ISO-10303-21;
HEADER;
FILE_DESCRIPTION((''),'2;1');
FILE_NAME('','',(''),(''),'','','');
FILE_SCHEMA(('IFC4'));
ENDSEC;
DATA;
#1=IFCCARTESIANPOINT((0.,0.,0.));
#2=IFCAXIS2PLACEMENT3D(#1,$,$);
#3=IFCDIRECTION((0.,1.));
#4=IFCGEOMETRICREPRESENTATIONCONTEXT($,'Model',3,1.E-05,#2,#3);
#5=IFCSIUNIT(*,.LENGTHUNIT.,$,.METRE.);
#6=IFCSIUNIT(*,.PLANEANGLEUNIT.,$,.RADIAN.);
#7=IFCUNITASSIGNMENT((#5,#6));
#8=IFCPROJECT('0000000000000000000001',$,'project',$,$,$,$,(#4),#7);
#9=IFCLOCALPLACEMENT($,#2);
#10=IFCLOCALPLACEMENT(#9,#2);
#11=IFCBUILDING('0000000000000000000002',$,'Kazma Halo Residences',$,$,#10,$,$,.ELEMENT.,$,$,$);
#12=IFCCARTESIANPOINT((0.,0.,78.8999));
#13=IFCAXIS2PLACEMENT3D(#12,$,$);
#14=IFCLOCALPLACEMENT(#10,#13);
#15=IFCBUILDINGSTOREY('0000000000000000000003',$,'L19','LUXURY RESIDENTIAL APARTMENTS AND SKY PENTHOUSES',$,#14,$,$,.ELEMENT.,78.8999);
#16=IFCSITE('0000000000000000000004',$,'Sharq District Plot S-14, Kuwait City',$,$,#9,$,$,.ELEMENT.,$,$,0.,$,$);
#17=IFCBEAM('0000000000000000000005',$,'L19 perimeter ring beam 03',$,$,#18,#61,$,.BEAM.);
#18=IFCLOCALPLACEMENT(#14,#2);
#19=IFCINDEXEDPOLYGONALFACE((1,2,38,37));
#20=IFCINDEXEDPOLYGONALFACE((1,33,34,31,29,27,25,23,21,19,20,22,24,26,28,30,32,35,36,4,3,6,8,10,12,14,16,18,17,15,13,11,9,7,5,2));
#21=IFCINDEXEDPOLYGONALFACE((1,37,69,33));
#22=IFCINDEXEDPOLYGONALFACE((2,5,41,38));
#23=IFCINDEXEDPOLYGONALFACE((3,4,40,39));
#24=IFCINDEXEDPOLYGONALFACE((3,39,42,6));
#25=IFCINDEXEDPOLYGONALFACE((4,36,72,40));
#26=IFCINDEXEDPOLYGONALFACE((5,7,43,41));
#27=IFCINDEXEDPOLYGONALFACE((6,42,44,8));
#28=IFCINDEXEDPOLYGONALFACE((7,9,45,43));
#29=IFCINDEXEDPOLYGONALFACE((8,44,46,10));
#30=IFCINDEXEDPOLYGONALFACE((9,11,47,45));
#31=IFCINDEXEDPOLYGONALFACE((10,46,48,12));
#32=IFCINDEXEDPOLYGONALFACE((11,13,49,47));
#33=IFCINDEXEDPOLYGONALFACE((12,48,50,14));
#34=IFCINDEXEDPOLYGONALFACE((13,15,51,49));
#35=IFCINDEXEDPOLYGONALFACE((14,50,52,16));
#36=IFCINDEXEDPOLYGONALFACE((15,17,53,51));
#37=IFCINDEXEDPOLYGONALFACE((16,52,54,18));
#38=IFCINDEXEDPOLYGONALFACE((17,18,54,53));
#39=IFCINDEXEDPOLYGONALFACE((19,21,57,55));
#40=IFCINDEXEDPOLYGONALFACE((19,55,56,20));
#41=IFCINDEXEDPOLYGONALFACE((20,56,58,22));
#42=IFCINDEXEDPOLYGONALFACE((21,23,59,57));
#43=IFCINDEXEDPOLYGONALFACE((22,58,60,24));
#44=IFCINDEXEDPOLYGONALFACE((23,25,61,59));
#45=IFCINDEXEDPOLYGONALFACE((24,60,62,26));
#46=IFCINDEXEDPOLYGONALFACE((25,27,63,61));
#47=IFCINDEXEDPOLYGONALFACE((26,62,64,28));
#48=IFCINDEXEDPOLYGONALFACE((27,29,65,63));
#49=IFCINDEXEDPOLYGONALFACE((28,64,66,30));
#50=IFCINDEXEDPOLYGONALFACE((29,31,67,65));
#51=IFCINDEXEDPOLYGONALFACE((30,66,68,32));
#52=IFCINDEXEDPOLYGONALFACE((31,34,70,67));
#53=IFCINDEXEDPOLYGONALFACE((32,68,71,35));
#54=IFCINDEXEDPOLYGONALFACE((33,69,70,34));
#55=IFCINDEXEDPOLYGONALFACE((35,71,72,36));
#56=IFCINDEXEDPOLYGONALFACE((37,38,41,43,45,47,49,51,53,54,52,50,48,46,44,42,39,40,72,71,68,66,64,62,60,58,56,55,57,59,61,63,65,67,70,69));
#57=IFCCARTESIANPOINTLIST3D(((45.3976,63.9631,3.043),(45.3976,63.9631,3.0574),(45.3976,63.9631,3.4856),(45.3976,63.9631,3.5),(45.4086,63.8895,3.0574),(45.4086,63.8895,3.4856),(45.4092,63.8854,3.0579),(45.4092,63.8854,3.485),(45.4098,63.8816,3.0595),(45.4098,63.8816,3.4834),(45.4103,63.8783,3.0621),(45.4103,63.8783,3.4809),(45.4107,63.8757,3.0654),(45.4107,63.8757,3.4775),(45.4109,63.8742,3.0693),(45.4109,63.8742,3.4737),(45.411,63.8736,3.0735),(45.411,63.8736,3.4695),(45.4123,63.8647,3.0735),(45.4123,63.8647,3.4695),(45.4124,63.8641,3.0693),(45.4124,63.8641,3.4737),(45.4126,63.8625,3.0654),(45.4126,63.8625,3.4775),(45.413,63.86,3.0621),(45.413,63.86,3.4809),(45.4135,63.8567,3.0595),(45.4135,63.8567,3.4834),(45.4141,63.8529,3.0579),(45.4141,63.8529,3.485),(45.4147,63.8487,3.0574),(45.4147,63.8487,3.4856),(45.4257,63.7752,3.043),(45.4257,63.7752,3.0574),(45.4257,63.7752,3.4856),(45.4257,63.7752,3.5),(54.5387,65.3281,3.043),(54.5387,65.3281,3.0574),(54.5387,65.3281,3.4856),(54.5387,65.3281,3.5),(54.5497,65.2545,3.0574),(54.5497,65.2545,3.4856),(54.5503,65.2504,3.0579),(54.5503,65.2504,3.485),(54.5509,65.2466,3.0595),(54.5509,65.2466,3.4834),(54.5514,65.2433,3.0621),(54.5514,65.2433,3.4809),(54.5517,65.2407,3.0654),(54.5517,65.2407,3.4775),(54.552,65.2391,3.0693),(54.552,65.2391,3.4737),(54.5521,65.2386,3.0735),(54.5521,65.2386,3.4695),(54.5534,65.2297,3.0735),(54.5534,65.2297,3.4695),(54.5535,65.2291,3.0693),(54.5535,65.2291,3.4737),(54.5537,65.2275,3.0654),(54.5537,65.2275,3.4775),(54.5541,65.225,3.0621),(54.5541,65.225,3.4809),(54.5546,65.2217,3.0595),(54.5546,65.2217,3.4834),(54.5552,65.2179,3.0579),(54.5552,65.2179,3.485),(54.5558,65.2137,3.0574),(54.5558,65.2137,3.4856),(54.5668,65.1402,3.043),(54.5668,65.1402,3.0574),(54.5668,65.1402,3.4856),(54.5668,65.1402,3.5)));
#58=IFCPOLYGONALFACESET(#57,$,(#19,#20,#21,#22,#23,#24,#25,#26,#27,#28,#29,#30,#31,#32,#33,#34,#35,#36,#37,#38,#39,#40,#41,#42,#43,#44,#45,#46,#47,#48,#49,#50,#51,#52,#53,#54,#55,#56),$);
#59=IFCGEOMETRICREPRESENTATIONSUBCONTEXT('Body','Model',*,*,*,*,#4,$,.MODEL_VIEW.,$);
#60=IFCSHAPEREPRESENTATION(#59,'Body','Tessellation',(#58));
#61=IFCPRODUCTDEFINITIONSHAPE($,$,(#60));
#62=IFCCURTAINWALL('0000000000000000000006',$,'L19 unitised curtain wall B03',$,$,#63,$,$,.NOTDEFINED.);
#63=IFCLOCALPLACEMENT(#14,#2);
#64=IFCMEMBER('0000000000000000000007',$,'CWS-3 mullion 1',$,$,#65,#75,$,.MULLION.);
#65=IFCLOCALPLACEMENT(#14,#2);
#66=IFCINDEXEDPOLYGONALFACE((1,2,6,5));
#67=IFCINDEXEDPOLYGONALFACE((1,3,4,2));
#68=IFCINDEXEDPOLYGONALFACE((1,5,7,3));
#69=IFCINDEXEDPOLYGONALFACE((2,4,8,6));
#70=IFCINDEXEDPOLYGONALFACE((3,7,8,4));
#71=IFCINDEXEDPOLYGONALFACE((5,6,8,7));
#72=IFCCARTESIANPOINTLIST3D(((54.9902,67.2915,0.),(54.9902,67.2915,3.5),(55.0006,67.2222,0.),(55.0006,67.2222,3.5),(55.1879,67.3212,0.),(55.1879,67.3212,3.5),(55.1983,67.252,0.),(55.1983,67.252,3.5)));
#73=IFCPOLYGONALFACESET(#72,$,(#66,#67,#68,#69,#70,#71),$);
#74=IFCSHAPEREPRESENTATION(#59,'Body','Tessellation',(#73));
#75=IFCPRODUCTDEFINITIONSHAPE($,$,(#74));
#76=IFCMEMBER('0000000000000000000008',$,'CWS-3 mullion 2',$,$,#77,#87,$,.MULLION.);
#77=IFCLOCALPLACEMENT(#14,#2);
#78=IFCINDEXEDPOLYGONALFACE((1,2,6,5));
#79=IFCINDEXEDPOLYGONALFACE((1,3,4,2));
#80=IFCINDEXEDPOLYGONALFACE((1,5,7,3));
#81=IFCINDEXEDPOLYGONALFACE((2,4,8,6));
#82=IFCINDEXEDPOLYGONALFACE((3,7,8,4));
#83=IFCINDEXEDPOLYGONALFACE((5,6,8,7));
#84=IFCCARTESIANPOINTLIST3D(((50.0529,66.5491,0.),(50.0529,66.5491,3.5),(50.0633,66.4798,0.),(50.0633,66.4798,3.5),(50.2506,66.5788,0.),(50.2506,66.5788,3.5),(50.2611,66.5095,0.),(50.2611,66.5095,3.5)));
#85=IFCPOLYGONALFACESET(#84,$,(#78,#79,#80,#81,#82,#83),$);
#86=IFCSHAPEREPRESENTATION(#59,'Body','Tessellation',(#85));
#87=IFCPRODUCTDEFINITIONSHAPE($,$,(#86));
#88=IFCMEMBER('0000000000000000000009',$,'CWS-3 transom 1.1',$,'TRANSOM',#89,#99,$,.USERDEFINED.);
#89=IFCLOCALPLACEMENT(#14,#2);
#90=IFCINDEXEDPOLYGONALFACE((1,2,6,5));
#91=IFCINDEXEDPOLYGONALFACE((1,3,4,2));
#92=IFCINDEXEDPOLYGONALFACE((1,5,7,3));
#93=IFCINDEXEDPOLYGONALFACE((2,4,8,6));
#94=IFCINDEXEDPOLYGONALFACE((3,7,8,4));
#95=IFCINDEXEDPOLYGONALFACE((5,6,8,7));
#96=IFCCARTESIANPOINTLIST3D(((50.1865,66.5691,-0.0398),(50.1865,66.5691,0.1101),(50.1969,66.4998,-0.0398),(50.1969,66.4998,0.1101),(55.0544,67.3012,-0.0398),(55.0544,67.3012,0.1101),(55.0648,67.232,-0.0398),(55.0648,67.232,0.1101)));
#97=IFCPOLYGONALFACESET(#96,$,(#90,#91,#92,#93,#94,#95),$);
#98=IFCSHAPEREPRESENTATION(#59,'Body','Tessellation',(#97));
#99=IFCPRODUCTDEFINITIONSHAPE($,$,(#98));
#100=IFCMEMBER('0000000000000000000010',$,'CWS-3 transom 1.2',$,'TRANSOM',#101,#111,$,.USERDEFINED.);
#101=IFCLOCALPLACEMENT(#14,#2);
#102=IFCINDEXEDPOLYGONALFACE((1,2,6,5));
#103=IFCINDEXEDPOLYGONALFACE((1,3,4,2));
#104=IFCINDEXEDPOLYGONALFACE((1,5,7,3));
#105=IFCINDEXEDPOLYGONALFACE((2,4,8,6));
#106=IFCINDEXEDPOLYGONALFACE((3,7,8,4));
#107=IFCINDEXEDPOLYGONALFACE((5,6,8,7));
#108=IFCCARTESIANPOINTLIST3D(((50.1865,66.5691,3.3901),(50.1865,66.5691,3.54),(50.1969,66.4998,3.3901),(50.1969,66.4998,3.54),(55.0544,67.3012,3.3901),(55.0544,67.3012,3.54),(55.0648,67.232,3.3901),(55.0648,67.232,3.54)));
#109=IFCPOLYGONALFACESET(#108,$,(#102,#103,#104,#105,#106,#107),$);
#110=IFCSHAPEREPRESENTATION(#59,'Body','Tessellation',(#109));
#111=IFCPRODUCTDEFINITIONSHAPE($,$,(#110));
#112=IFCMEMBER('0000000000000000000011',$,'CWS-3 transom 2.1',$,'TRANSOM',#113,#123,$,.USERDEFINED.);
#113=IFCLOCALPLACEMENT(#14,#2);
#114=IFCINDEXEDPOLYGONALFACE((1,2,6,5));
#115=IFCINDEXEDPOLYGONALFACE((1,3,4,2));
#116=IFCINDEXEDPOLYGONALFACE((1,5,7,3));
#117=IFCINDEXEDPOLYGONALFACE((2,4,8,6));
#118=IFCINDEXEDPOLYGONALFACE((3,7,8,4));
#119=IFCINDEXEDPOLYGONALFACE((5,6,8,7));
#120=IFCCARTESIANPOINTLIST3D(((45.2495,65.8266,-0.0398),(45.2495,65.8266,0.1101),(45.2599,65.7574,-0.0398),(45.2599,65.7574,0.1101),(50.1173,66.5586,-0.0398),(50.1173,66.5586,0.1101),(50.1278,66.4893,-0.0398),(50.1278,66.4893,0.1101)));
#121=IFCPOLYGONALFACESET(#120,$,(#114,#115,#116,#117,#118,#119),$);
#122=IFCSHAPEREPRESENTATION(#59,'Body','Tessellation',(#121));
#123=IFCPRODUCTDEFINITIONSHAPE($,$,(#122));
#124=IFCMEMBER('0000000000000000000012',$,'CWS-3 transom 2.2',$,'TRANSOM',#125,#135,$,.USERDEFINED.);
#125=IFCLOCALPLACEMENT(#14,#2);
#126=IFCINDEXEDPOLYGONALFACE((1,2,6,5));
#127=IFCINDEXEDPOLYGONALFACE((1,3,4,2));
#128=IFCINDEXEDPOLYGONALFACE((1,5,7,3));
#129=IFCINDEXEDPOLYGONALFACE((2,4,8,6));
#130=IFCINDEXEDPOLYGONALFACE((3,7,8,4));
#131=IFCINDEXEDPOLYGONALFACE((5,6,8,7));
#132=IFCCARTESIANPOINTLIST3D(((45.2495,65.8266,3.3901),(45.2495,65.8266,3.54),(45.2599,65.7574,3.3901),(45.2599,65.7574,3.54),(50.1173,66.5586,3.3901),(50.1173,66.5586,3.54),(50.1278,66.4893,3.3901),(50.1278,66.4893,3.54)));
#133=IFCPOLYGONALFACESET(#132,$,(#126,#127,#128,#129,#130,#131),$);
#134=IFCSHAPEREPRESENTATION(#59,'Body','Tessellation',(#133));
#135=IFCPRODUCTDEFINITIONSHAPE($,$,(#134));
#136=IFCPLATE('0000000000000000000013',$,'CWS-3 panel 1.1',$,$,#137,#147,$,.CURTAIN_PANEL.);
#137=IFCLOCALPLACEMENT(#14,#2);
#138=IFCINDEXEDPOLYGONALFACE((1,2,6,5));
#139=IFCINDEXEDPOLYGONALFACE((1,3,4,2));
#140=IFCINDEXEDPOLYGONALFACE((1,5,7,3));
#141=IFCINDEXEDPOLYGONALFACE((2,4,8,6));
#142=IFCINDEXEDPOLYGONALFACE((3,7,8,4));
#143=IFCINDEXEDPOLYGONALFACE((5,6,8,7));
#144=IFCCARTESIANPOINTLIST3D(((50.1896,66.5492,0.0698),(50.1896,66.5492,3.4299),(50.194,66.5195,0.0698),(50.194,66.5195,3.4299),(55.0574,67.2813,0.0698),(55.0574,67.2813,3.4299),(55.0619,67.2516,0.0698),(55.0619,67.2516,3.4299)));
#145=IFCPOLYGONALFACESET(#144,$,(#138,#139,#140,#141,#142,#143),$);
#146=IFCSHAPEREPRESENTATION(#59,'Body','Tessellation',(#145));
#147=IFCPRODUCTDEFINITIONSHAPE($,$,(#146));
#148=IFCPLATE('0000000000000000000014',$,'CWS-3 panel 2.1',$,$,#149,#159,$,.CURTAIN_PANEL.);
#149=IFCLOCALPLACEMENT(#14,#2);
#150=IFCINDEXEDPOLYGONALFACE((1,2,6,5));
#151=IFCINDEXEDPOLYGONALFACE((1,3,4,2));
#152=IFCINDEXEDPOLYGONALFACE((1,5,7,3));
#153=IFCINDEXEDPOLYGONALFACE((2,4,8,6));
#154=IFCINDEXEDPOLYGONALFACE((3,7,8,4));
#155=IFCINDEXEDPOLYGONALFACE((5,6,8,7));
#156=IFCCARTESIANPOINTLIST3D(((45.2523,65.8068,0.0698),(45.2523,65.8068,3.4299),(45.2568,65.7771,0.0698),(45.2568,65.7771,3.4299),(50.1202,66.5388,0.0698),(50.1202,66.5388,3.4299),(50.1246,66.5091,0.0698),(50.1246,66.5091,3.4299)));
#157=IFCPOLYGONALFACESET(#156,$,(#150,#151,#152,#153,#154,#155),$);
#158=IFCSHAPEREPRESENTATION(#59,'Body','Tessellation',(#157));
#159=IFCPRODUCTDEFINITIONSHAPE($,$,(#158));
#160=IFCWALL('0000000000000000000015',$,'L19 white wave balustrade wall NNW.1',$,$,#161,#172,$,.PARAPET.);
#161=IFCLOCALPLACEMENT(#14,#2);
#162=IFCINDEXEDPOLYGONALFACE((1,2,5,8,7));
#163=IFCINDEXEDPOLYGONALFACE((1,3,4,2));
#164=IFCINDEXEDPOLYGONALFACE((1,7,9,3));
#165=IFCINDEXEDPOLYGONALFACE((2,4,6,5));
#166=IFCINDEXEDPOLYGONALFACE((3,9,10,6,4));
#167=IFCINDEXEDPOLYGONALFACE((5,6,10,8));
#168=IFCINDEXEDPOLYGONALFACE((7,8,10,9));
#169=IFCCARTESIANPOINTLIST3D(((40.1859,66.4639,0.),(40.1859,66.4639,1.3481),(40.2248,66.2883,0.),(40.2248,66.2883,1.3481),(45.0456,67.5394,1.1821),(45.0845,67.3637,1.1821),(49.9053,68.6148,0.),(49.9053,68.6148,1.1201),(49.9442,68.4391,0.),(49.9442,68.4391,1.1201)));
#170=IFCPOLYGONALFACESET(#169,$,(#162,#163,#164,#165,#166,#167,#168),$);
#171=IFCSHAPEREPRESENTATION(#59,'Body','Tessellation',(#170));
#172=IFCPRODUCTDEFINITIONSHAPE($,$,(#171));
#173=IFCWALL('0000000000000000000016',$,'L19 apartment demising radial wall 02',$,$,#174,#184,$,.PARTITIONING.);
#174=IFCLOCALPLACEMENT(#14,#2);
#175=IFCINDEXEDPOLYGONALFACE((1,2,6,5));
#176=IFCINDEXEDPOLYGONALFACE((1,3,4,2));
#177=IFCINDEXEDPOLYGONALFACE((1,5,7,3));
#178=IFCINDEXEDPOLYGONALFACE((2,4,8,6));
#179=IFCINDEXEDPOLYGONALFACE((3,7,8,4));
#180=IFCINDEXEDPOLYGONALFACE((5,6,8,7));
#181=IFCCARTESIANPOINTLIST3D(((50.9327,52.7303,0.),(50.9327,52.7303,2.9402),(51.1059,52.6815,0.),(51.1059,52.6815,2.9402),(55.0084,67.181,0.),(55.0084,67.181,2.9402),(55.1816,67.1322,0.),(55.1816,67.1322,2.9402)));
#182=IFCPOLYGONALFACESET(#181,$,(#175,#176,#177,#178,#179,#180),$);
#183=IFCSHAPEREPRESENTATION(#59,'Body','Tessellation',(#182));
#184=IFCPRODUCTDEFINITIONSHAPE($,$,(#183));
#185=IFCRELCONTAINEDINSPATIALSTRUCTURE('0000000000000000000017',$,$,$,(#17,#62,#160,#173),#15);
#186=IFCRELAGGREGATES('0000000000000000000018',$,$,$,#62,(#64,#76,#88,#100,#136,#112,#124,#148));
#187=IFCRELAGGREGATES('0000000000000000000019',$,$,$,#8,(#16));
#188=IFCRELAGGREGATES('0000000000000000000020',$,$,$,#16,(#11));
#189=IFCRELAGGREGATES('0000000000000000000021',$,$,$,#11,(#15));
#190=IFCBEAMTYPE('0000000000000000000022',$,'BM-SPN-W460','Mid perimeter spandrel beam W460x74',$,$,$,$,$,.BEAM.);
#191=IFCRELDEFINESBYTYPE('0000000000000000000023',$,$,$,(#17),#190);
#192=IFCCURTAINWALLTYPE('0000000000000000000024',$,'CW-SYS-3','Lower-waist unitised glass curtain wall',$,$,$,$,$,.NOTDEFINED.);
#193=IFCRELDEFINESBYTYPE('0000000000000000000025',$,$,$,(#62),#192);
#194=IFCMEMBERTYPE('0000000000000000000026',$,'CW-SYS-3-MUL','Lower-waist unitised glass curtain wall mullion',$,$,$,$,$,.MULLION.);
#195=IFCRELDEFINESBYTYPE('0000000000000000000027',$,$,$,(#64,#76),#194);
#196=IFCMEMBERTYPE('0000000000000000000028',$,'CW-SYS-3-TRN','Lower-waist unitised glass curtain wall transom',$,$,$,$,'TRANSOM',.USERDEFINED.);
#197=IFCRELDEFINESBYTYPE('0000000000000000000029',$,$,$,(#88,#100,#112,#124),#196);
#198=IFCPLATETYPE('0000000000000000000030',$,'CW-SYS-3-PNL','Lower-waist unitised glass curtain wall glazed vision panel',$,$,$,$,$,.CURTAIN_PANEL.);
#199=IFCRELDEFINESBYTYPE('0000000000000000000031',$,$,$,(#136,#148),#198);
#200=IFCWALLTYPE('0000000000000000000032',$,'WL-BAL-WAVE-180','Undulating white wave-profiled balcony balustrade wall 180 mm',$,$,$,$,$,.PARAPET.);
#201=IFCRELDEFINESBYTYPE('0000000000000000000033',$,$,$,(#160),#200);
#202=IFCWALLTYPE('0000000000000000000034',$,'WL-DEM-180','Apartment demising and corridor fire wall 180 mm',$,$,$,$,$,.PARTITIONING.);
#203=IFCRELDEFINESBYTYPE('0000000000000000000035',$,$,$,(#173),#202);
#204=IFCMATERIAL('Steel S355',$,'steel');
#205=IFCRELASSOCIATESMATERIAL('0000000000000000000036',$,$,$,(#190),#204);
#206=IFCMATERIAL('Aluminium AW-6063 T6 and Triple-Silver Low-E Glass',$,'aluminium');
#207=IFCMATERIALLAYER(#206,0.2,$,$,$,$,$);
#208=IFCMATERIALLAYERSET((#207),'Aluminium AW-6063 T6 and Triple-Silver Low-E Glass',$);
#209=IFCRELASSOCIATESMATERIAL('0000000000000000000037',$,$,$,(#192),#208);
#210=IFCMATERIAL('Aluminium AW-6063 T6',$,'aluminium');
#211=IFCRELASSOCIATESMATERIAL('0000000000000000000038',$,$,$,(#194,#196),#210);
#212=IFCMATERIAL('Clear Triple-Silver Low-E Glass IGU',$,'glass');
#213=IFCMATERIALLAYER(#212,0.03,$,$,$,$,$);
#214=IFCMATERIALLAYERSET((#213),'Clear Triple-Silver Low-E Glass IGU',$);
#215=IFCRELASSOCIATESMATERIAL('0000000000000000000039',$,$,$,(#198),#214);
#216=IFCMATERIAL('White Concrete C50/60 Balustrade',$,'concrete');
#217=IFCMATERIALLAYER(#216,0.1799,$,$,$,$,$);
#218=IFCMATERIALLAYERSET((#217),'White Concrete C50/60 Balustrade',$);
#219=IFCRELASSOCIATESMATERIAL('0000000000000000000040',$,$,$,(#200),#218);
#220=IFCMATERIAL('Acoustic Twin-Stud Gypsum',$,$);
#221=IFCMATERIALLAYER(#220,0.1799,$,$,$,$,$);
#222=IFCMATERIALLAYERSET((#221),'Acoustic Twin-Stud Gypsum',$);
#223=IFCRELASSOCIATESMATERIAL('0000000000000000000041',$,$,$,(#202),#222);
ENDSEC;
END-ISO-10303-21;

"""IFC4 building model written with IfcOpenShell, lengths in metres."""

from ifc_helpers import new_model, si_unit, direction, frame, frame_2d, origin, origin_2d, place, context, subcontext, project, spatial, polyline, rectangle, i_section, outline, extrude, material, layer, layer_set, material_profile, profile_set, type_object, element, aggregate, save


model = new_model("IFC4")

# Units and contexts
model_context = context("Model", 3, precision=1e-05, world=origin(), true_north=direction((0.0, 1.0)))
body_context = subcontext(model_context, "Body", "Model", "MODEL_VIEW")
ifc_project = project(units=[si_unit("LENGTHUNIT", "METRE"), si_unit("PLANEANGLEUNIT", "RADIAN")], contexts=[model_context])

# Site, building, storey
site_placement = place(None, origin())
site = spatial("IfcSite", under=ifc_project, at=site_placement, Name="Sharq District Plot S-14, Kuwait City", CompositionType="ELEMENT", RefElevation=0.0)
building_placement = place(site_placement, origin())
building = spatial("IfcBuilding", under=site, at=building_placement, Name="Kazma Halo Residences", CompositionType="ELEMENT")
storey_placement = place(building_placement, frame((0.0, 0.0, 78.8999)))
storey = spatial("IfcBuildingStorey", under=building, at=storey_placement, Name="L19", Description="LUXURY RESIDENTIAL APARTMENTS AND SKY PENTHOUSES", CompositionType="ELEMENT", Elevation=78.8999)

# Beam
ifc_material_1 = material(Name="Steel S355", Category="steel")
ifc_material_profile_1 = material_profile(ifc_material_1, i_section(OverallWidth=0.1899, OverallDepth=0.457, WebThickness=0.009, FlangeThickness=0.0144, FilletRadius=0.0161, at=origin_2d()), Name="W460x74")
ifc_profile_set_1 = profile_set([ifc_material_profile_1], Name="Steel S355")
beam_type_1 = type_object("IfcBeamType", Name="BM-SPN-W460", Description="Mid perimeter spandrel beam W460x74", PredefinedType="BEAM", material=ifc_profile_set_1)
beam_1_placement = place(storey_placement, frame((54.5527, 65.2341, 3.2715), z_axis=(-0.989034, -0.147687, 0.0), x_axis=(0.147687, -0.989034, 0.0)))
element("IfcBeam", 1, at=beam_1_placement, inside=storey, type_object=beam_type_1, Name="L19 perimeter ring beam 03", PredefinedType="BEAM", context=body_context, shape_type="SweptSolid", body=[
    extrude(i_section(OverallWidth=0.1899, OverallDepth=0.457, WebThickness=0.009, FlangeThickness=0.0144, FilletRadius=0.0161, at=origin_2d()), origin(), (0.0, 0.0, 1.0), 9.2424),
])

# Curtain wall, members, plates
ifc_material_2 = material(Name="Aluminium AW-6063 T6 and Triple-Silver Low-E Glass", Category="aluminium")
ifc_layer_1 = layer(ifc_material_2, 0.2)
ifc_layer_set_1 = layer_set([ifc_layer_1], Name="Aluminium AW-6063 T6 and Triple-Silver Low-E Glass")
curtain_wall_type = type_object("IfcCurtainWallType", Name="CW-SYS-3", Description="Lower-waist unitised glass curtain wall", PredefinedType="NOTDEFINED", material=ifc_layer_set_1)
curtain_wall_placement = place(storey_placement, origin())
curtain_wall = element("IfcCurtainWall", 2, at=curtain_wall_placement, inside=storey, type_object=curtain_wall_type, Name="L19 unitised curtain wall B03", PredefinedType="NOTDEFINED")
ifc_material_3 = material(Name="Aluminium AW-6063 T6", Category="aluminium")
ifc_material_profile_2 = material_profile(ifc_material_3, rectangle(XDim=0.0701, YDim=0.2, at=origin_2d()), Name="CWM-70x200")
ifc_profile_set_2 = profile_set([ifc_material_profile_2], Name="Aluminium AW-6063 T6")
member_type_1 = type_object("IfcMemberType", Name="CW-SYS-3-MUL", Description="Lower-waist unitised glass curtain wall mullion", PredefinedType="MULLION", material=ifc_profile_set_2)
member_1_placement = place(storey_placement, frame((55.0942, 67.2717, 0.0), z_axis=(0.0, 0.0, 1.0), x_axis=(0.148717, -0.98888, 0.0)))
member_1 = element("IfcMember", 3, at=member_1_placement, type_object=member_type_1, Name="CWS-3 mullion 1", PredefinedType="MULLION", context=body_context, shape_type="SweptSolid", body=[
    extrude(rectangle(XDim=0.0701, YDim=0.2, at=origin_2d()), origin(), (0.0, 0.0, 1.0), 3.5),
])
member_2_placement = place(storey_placement, frame((50.157, 66.5293, 0.0), z_axis=(0.0, 0.0, 1.0), x_axis=(0.148717, -0.98888, 0.0)))
member_2 = element("IfcMember", 4, at=member_2_placement, type_object=member_type_1, Name="CWS-3 mullion 2", PredefinedType="MULLION", context=body_context, shape_type="SweptSolid", body=[
    extrude(rectangle(XDim=0.0701, YDim=0.2, at=origin_2d()), origin(), (0.0, 0.0, 1.0), 3.5),
])
ifc_material_profile_3 = material_profile(ifc_material_3, rectangle(XDim=0.0701, YDim=0.1499, at=origin_2d()), Name="CWT-70x150")
ifc_profile_set_3 = profile_set([ifc_material_profile_3], Name="Aluminium AW-6063 T6")
member_type_2 = type_object("IfcMemberType", Name="CW-SYS-3-TRN", Description="Lower-waist unitised glass curtain wall transom", ElementType="TRANSOM", PredefinedType="USERDEFINED", material=ifc_profile_set_3)
member_3_placement = place(storey_placement, frame((55.0596, 67.2666, 0.0352), z_axis=(-0.988877, -0.148736, 0.0), x_axis=(0.148736, -0.988877, 0.0)))
member_3 = element("IfcMember", 5, at=member_3_placement, type_object=member_type_2, Name="CWS-3 transom 1.1", ObjectType="TRANSOM", PredefinedType="USERDEFINED", context=body_context, shape_type="SweptSolid", body=[
    extrude(rectangle(XDim=0.0701, YDim=0.1499, at=origin_2d()), origin(), (0.0, 0.0, 1.0), 4.9226),
])
member_4_placement = place(storey_placement, frame((55.0596, 67.2666, 3.4651), z_axis=(-0.988877, -0.148736, 0.0), x_axis=(0.148736, -0.988877, 0.0)))
member_4 = element("IfcMember", 6, at=member_4_placement, type_object=member_type_2, Name="CWS-3 transom 1.2", ObjectType="TRANSOM", PredefinedType="USERDEFINED", context=body_context, shape_type="SweptSolid", body=[
    extrude(rectangle(XDim=0.0701, YDim=0.1499, at=origin_2d()), origin(), (0.0, 0.0, 1.0), 4.9226),
])
member_5_placement = place(storey_placement, frame((50.1226, 66.5239, 0.0352), z_axis=(-0.988884, -0.148687, 0.0), x_axis=(0.148687, -0.988884, 0.0)))
member_5 = element("IfcMember", 7, at=member_5_placement, type_object=member_type_2, Name="CWS-3 transom 2.1", ObjectType="TRANSOM", PredefinedType="USERDEFINED", context=body_context, shape_type="SweptSolid", body=[
    extrude(rectangle(XDim=0.0701, YDim=0.1499, at=origin_2d()), origin(), (0.0, 0.0, 1.0), 4.9226),
])
member_6_placement = place(storey_placement, frame((50.1226, 66.5239, 3.4651), z_axis=(-0.988884, -0.148687, 0.0), x_axis=(0.148687, -0.988884, 0.0)))
member_6 = element("IfcMember", 8, at=member_6_placement, type_object=member_type_2, Name="CWS-3 transom 2.2", ObjectType="TRANSOM", PredefinedType="USERDEFINED", context=body_context, shape_type="SweptSolid", body=[
    extrude(rectangle(XDim=0.0701, YDim=0.1499, at=origin_2d()), origin(), (0.0, 0.0, 1.0), 4.9226),
])
ifc_material_4 = material(Name="Clear Triple-Silver Low-E Glass IGU", Category="glass")
ifc_layer_2 = layer(ifc_material_4, 0.03)
ifc_layer_set_2 = layer_set([ifc_layer_2], Name="Clear Triple-Silver Low-E Glass IGU")
plate_type = type_object("IfcPlateType", Name="CW-SYS-3-PNL", Description="Lower-waist unitised glass curtain wall glazed vision panel", PredefinedType="CURTAIN_PANEL", material=ifc_layer_set_2)
plate_1_placement = place(storey_placement, frame((52.6257, 66.9004, 0.0698), z_axis=(0.0, 0.0, 1.0), x_axis=(-0.98888, -0.148717, 0.0)))
plate_1 = element("IfcPlate", 9, at=plate_1_placement, type_object=plate_type, Name="CWS-3 panel 1.1", PredefinedType="CURTAIN_PANEL", context=body_context, shape_type="SweptSolid", body=[
    extrude(rectangle(XDim=4.9226, YDim=0.03, at=origin_2d()), origin(), (0.0, 0.0, 1.0), 3.3601),
])
plate_2_placement = place(storey_placement, frame((47.6885, 66.158, 0.0698), z_axis=(0.0, 0.0, 1.0), x_axis=(-0.98888, -0.148717, 0.0)))
plate_2 = element("IfcPlate", 10, at=plate_2_placement, type_object=plate_type, Name="CWS-3 panel 2.1", PredefinedType="CURTAIN_PANEL", context=body_context, shape_type="SweptSolid", body=[
    extrude(rectangle(XDim=4.9226, YDim=0.03, at=origin_2d()), origin(), (0.0, 0.0, 1.0), 3.3601),
])
aggregate(curtain_wall, [member_1, member_2, member_3, member_4, plate_1, member_5, member_6, plate_2])

# Walls
ifc_material_5 = material(Name="White Concrete C50/60 Balustrade", Category="concrete")
ifc_layer_3 = layer(ifc_material_5, 0.1799)
ifc_layer_set_3 = layer_set([ifc_layer_3], Name="White Concrete C50/60 Balustrade")
wall_type_1 = type_object("IfcWallType", Name="WL-BAL-WAVE-180", Description="Undulating white wave-profiled balcony balustrade wall 180 mm", PredefinedType="PARAPET", material=ifc_layer_set_3)
wall_1_placement = place(storey_placement, frame((49.9248, 68.5269, 0.0), z_axis=(0.0, 0.0, 1.0), x_axis=(-0.976378, -0.216068, 0.0)))
element("IfcWall", 11, at=wall_1_placement, inside=storey, type_object=wall_type_1, Name="L19 white wave balustrade wall NNW.1", PredefinedType="PARAPET", context=body_context, shape_type="SweptSolid", body=[
    extrude(outline(polyline([(0.0, 0.0), (9.9546, 0.0), (9.9546, 1.3481), (4.9773, 1.1821), (0.0, 1.1201), (0.0, 0.0)])), frame((0.0, 0.0898, 0.0), z_axis=(0.0, -1.0, 0.0), x_axis=(1.0, 0.0, 0.0)), (0.0, 0.0, 1.0), 0.1799),
])
ifc_material_6 = material(Name="Acoustic Twin-Stud Gypsum")
ifc_layer_4 = layer(ifc_material_6, 0.1799)
ifc_layer_set_4 = layer_set([ifc_layer_4], Name="Acoustic Twin-Stud Gypsum")
wall_type_2 = type_object("IfcWallType", Name="WL-DEM-180", Description="Apartment demising and corridor fire wall 180 mm", PredefinedType="PARTITIONING", material=ifc_layer_set_4)
wall_2_placement = place(storey_placement, frame((51.0193, 52.7058, 0.0), z_axis=(0.0, 0.0, 1.0), x_axis=(0.271451, 0.962452, 0.0)))
element("IfcWall", 12, at=wall_2_placement, inside=storey, type_object=wall_type_2, Name="L19 apartment demising radial wall 02", PredefinedType="PARTITIONING", context=body_context, shape_type="SweptSolid", body=[
    extrude(rectangle(XDim=15.0144, YDim=0.1799, at=frame_2d((7.5073, 0.0))), origin(), (0.0, 0.0, 1.0), 2.9402),
])

save(model, "model.ifc")
